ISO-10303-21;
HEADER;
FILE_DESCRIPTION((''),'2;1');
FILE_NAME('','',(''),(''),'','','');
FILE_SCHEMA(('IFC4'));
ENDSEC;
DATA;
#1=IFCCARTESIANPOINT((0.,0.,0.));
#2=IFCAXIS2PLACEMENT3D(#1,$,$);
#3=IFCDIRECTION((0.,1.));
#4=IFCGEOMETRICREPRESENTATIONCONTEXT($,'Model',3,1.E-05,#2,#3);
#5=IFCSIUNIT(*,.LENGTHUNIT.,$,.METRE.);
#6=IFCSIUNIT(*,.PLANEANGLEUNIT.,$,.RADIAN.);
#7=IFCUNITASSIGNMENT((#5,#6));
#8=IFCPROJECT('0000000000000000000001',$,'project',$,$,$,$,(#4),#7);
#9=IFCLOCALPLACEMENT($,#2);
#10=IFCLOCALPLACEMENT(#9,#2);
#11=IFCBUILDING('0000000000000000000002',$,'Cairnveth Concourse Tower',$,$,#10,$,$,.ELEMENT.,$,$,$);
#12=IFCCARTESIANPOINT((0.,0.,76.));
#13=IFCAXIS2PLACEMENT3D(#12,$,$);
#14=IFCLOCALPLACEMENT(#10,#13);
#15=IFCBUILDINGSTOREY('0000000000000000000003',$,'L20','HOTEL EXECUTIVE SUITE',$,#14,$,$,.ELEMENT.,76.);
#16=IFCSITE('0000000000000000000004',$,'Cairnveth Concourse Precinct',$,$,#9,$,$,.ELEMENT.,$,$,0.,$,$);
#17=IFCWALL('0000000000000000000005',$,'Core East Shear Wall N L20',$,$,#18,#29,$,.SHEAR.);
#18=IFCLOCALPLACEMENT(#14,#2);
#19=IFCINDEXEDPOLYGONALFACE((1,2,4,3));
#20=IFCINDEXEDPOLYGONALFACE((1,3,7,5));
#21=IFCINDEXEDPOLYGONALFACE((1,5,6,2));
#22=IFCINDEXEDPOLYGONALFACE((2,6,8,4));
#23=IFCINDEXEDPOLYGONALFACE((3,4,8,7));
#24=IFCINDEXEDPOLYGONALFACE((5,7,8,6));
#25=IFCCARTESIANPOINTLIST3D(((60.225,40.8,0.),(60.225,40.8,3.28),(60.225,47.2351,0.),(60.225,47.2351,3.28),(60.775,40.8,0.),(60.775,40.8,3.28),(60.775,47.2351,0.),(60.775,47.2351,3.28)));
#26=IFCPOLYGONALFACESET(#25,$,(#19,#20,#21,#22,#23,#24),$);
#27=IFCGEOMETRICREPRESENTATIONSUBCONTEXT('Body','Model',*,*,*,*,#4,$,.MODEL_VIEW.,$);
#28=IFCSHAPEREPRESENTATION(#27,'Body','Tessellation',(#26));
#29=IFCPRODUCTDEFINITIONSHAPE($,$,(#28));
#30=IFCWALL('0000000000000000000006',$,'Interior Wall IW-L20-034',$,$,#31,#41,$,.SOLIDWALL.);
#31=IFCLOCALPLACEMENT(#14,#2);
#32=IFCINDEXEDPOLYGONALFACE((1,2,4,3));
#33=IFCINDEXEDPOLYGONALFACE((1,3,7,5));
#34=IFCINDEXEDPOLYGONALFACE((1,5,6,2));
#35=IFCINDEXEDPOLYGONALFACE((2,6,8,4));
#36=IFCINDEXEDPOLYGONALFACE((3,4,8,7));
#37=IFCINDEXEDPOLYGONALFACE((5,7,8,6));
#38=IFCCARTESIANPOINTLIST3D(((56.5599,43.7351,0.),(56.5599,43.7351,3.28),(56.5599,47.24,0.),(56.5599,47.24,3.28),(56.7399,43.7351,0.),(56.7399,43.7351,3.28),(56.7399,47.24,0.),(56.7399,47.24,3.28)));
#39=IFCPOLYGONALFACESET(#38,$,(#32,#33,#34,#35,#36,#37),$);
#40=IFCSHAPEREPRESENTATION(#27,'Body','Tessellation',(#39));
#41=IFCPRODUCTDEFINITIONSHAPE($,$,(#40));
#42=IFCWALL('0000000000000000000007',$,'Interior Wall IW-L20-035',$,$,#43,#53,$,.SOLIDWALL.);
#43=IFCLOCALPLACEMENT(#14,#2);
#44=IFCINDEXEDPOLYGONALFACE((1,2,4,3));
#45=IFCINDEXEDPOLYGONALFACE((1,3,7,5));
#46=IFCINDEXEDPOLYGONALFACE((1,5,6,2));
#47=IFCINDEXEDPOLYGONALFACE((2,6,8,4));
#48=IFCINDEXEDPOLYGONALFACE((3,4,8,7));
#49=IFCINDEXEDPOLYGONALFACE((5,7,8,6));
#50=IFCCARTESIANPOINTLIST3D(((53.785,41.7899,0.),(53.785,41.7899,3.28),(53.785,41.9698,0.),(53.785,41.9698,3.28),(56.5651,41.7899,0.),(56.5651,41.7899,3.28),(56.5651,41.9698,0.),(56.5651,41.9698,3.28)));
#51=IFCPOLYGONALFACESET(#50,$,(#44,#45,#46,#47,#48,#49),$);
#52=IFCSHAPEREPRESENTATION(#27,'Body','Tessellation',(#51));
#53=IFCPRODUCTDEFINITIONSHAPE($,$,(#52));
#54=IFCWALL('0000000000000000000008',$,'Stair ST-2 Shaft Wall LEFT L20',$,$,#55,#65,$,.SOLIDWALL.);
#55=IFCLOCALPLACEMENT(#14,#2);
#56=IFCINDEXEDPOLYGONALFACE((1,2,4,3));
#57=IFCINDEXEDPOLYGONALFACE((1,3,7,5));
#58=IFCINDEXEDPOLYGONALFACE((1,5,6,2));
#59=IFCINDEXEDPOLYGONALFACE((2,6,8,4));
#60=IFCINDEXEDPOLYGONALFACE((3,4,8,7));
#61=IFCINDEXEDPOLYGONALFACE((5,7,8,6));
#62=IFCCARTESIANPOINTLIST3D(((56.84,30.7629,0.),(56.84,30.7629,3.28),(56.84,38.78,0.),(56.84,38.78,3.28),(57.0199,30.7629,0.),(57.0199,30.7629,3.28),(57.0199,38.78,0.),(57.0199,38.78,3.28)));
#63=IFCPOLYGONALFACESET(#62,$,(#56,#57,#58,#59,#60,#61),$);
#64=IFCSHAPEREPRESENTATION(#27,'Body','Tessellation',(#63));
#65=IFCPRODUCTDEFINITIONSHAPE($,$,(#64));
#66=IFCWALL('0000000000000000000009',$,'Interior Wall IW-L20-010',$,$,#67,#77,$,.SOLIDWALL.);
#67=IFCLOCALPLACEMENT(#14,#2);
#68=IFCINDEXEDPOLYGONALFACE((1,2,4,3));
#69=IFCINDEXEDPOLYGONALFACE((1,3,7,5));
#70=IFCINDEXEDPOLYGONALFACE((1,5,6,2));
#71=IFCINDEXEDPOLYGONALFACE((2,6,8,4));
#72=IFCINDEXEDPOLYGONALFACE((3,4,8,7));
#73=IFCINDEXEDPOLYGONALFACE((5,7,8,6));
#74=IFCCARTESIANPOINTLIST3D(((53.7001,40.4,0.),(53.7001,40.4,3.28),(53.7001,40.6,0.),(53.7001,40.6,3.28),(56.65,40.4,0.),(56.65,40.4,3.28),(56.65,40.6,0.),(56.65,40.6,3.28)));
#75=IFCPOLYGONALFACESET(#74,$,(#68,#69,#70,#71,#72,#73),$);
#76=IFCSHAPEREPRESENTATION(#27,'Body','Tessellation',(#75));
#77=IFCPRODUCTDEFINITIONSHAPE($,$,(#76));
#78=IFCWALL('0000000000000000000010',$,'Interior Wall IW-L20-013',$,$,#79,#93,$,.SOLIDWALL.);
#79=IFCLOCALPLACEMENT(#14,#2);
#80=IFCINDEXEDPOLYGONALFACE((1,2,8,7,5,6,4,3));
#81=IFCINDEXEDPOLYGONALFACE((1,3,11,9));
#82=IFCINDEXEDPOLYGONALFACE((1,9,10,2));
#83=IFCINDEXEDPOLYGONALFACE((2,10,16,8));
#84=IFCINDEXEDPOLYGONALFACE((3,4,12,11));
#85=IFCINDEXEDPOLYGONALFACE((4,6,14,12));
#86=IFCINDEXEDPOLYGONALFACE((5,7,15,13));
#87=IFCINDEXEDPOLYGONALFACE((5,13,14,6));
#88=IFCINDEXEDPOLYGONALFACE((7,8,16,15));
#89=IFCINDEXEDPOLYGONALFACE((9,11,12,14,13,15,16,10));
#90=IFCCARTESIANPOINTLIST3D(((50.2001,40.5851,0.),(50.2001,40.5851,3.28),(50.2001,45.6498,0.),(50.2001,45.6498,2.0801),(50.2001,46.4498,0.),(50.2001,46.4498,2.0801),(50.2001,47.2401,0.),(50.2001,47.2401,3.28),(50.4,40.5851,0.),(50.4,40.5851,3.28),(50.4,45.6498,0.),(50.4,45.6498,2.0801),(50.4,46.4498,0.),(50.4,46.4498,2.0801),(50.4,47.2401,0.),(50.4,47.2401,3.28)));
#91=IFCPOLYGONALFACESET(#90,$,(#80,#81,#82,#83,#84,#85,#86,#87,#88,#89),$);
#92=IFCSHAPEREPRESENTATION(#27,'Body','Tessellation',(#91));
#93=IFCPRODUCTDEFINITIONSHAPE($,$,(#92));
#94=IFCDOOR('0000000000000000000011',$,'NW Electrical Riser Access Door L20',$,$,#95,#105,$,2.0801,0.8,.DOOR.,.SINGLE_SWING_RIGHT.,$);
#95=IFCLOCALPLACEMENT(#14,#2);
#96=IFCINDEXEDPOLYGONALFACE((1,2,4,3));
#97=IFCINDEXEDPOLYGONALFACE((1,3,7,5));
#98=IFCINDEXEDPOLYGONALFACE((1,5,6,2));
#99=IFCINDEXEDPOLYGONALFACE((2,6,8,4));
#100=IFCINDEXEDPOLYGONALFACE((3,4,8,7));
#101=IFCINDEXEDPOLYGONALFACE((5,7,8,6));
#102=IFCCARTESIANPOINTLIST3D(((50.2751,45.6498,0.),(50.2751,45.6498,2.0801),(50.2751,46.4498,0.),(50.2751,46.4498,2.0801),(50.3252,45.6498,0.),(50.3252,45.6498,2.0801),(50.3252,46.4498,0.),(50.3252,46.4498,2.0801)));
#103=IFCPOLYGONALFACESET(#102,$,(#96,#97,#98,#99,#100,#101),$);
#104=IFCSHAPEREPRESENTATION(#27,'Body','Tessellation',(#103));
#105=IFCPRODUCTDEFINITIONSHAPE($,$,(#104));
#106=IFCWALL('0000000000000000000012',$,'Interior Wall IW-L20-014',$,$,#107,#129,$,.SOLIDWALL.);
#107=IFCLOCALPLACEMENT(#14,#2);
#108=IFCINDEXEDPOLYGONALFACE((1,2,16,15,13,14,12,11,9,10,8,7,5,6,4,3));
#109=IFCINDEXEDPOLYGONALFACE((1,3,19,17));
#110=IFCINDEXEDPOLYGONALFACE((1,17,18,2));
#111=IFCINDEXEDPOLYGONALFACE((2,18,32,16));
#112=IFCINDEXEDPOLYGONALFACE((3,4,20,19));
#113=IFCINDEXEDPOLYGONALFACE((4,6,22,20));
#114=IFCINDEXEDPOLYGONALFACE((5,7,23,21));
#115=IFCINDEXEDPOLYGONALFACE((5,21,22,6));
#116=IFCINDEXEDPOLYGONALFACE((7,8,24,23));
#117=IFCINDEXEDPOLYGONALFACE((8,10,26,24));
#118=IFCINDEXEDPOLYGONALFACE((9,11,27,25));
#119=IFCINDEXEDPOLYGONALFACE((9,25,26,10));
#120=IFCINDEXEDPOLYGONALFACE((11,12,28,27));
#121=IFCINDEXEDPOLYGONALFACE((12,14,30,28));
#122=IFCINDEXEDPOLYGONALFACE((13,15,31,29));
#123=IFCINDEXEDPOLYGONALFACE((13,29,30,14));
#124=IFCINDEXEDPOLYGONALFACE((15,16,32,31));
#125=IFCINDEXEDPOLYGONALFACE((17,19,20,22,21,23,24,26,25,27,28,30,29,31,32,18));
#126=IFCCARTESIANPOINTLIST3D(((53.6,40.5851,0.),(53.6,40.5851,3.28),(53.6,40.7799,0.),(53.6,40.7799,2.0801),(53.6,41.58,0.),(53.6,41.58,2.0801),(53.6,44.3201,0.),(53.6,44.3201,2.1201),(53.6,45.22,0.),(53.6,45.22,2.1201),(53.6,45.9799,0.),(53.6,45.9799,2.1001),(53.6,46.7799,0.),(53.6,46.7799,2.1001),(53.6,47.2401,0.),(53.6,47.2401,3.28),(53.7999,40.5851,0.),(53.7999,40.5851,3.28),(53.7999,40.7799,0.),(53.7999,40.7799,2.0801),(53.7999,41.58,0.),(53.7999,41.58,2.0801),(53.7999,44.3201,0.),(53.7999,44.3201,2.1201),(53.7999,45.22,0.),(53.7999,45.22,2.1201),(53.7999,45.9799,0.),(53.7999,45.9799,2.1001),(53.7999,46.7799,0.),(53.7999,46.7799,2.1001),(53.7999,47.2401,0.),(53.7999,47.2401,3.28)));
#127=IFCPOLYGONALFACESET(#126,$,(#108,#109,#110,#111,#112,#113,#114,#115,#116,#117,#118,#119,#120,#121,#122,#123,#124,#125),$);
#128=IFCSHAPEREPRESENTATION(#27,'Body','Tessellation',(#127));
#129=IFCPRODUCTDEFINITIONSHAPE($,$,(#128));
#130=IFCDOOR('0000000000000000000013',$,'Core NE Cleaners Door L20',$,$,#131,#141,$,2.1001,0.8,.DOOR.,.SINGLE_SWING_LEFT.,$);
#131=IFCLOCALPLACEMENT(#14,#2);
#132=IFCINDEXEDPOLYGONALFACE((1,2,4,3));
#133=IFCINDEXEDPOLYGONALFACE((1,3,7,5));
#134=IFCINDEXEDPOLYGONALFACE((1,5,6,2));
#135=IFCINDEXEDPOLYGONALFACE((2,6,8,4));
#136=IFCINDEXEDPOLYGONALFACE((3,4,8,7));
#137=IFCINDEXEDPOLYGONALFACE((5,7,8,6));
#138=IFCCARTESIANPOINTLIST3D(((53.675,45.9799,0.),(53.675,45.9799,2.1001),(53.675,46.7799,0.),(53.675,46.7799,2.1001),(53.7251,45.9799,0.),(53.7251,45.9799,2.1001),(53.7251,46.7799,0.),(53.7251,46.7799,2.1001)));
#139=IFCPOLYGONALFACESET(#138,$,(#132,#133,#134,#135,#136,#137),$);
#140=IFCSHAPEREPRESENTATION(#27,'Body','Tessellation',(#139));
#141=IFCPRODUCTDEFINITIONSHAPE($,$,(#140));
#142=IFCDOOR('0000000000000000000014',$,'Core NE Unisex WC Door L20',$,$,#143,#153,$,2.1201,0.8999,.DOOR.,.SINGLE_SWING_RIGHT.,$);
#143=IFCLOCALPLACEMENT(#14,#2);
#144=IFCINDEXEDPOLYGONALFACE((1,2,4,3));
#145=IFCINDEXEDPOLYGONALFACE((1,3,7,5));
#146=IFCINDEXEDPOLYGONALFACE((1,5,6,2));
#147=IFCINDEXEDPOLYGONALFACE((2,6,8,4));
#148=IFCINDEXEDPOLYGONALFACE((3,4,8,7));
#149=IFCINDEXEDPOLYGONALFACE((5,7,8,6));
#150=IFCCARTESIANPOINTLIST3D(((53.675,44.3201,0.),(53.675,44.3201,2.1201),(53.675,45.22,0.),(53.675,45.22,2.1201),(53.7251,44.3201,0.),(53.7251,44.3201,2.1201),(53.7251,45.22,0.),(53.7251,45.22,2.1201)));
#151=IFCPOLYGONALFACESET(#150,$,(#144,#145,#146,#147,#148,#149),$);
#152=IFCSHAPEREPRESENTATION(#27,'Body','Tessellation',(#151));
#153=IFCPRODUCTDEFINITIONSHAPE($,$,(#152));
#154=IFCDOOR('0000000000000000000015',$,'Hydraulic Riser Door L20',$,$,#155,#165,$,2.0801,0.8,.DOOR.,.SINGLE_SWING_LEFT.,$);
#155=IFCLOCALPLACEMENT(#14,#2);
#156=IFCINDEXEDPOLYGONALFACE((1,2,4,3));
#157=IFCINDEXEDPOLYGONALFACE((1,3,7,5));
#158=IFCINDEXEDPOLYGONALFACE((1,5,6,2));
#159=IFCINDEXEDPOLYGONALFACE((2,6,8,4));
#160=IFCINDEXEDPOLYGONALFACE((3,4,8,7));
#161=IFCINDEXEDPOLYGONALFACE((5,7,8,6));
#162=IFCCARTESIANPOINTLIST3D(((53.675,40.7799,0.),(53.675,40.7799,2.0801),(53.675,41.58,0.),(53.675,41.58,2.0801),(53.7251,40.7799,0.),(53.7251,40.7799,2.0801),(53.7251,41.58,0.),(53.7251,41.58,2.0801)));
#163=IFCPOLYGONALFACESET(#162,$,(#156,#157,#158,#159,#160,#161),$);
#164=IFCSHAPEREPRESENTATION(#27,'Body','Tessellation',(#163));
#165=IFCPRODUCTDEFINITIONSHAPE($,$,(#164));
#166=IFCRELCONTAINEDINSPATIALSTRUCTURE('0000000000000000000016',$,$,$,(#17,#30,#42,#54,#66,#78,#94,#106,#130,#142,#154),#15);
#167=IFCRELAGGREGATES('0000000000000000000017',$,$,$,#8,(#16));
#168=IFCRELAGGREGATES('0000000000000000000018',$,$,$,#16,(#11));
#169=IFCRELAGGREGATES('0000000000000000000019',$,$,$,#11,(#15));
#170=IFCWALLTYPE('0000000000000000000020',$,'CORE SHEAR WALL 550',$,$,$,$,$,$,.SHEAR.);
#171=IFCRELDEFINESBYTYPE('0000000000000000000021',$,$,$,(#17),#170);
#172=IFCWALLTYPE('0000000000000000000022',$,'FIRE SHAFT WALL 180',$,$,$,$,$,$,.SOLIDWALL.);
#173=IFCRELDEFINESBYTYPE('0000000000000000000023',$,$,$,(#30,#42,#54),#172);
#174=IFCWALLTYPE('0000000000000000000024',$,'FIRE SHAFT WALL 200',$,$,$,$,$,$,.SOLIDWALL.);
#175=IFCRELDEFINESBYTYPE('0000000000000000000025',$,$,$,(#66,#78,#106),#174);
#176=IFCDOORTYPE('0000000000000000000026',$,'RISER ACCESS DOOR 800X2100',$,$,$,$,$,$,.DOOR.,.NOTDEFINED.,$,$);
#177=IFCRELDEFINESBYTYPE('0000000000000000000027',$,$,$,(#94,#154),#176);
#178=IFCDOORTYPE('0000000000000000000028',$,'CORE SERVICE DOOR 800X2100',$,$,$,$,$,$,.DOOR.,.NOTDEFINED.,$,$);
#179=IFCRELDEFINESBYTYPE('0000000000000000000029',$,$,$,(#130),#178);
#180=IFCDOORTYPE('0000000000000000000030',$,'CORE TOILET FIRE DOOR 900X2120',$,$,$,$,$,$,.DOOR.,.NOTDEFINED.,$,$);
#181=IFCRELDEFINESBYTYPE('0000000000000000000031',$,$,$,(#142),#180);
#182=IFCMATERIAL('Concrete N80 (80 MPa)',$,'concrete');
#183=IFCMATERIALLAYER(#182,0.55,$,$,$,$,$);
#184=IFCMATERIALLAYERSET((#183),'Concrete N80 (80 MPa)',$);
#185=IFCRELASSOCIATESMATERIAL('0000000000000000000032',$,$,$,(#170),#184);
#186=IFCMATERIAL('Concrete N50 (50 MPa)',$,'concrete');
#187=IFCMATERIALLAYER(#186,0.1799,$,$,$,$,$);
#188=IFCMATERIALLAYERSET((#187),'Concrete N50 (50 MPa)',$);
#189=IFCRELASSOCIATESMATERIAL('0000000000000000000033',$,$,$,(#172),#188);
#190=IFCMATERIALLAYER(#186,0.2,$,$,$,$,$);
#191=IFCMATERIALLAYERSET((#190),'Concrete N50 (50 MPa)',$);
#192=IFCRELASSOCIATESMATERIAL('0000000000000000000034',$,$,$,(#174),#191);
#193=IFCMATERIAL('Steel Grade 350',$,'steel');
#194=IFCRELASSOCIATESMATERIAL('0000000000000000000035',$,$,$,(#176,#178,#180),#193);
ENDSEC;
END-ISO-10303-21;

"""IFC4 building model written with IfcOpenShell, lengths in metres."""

from ifc_helpers import new_model, si_unit, direction, frame, frame_2d, origin, place, context, subcontext, project, spatial, rectangle, extrude, material, layer, layer_set, type_object, element, fill, save


model = new_model("IFC4")

# Units and contexts
model_context = context("Model", 3, precision=1e-05, world=origin(), true_north=direction((0.0, 1.0)))
body_context = subcontext(model_context, "Body", "Model", "MODEL_VIEW")
ifc_project = project(units=[si_unit("LENGTHUNIT", "METRE"), si_unit("PLANEANGLEUNIT", "RADIAN")], contexts=[model_context])

# Site, building, storey
site_placement = place(None, origin())
site = spatial("IfcSite", under=ifc_project, at=site_placement, Name="Cairnveth Concourse Precinct", CompositionType="ELEMENT", RefElevation=0.0)
building_placement = place(site_placement, origin())
building = spatial("IfcBuilding", under=site, at=building_placement, Name="Cairnveth Concourse Tower", CompositionType="ELEMENT")
storey_placement = place(building_placement, frame((0.0, 0.0, 76.0)))
storey = spatial("IfcBuildingStorey", under=building, at=storey_placement, Name="L20", Description="HOTEL EXECUTIVE SUITE", CompositionType="ELEMENT", Elevation=76.0)

# Walls
ifc_material_1 = material(Name="Concrete N80 (80 MPa)", Category="concrete")
ifc_layer_1 = layer(ifc_material_1, 0.55)
ifc_layer_set_1 = layer_set([ifc_layer_1], Name="Concrete N80 (80 MPa)")
wall_type_1 = type_object("IfcWallType", Name="CORE SHEAR WALL 550", PredefinedType="SHEAR", material=ifc_layer_set_1)
wall_1_placement = place(storey_placement, frame((60.5, 40.8, 0.0), z_axis=(0.0, 0.0, 1.0), x_axis=(0.0, 1.0, 0.0)))
element("IfcWall", 1, at=wall_1_placement, inside=storey, type_object=wall_type_1, Name="Core East Shear Wall N L20", PredefinedType="SHEAR", context=body_context, shape_type="SweptSolid", body=[
    extrude(rectangle(XDim=6.4351, YDim=0.55, at=frame_2d((3.2175, 0.0))), origin(), (0.0, 0.0, 1.0), 3.28),
])
ifc_material_2 = material(Name="Concrete N50 (50 MPa)", Category="concrete")
ifc_layer_2 = layer(ifc_material_2, 0.1799)
ifc_layer_set_2 = layer_set([ifc_layer_2], Name="Concrete N50 (50 MPa)")
wall_type_2 = type_object("IfcWallType", Name="FIRE SHAFT WALL 180", PredefinedType="SOLIDWALL", material=ifc_layer_set_2)
wall_2_placement = place(storey_placement, frame((56.6499, 43.7351, 0.0), z_axis=(0.0, 0.0, 1.0), x_axis=(0.0, 1.0, 0.0)))
element("IfcWall", 2, at=wall_2_placement, inside=storey, type_object=wall_type_2, Name="Interior Wall IW-L20-034", PredefinedType="SOLIDWALL", context=body_context, shape_type="SweptSolid", body=[
    extrude(rectangle(XDim=3.5049, YDim=0.1799, at=frame_2d((1.7524, 0.0))), origin(), (0.0, 0.0, 1.0), 3.28),
])
wall_3_placement = place(storey_placement, frame((53.7849, 41.8799, 0.0), z_axis=(0.0, 0.0, 1.0), x_axis=(1.0, 0.0, 0.0)))
element("IfcWall", 3, at=wall_3_placement, inside=storey, type_object=wall_type_2, Name="Interior Wall IW-L20-035", PredefinedType="SOLIDWALL", context=body_context, shape_type="SweptSolid", body=[
    extrude(rectangle(XDim=2.78, YDim=0.1799, at=frame_2d((1.3901, 0.0))), origin(), (0.0, 0.0, 1.0), 3.28),
])
wall_4_placement = place(storey_placement, frame((56.9299, 38.78, 0.0), z_axis=(0.0, 0.0, 1.0), x_axis=(0.0, -1.0, 0.0)))
element("IfcWall", 4, at=wall_4_placement, inside=storey, type_object=wall_type_2, Name="Stair ST-2 Shaft Wall LEFT L20", PredefinedType="SOLIDWALL", context=body_context, shape_type="SweptSolid", body=[
    extrude(rectangle(XDim=8.0171, YDim=0.1799, at=frame_2d((4.0085, 0.0))), origin(), (0.0, 0.0, 1.0), 3.28),
])
ifc_layer_3 = layer(ifc_material_2, 0.2)
ifc_layer_set_3 = layer_set([ifc_layer_3], Name="Concrete N50 (50 MPa)")
wall_type_3 = type_object("IfcWallType", Name="FIRE SHAFT WALL 200", PredefinedType="SOLIDWALL", material=ifc_layer_set_3)
wall_5_placement = place(storey_placement, frame((53.7, 40.5, 0.0), z_axis=(0.0, 0.0, 1.0), x_axis=(1.0, 0.0, 0.0)))
element("IfcWall", 5, at=wall_5_placement, inside=storey, type_object=wall_type_3, Name="Interior Wall IW-L20-010", PredefinedType="SOLIDWALL", context=body_context, shape_type="SweptSolid", body=[
    extrude(rectangle(XDim=2.95, YDim=0.2, at=frame_2d((1.4751, 0.0))), origin(), (0.0, 0.0, 1.0), 3.28),
])

# Wall, opening, door
wall_6_placement = place(storey_placement, frame((50.3, 40.585, 0.0), z_axis=(0.0, 0.0, 1.0), x_axis=(0.0, 1.0, 0.0)))
wall_6 = element("IfcWall", 6, at=wall_6_placement, inside=storey, type_object=wall_type_3, Name="Interior Wall IW-L20-013", PredefinedType="SOLIDWALL", context=body_context, shape_type="SweptSolid", body=[
    extrude(rectangle(XDim=6.655, YDim=0.2, at=frame_2d((3.3276, 0.0))), origin(), (0.0, 0.0, 1.0), 3.28),
])
opening_1_placement = place(wall_6_placement, frame((5.0649, 0.0, 0.0)))
opening_1 = element("IfcOpeningElement", 7, at=opening_1_placement, cuts=wall_6, PredefinedType="OPENING", context=body_context, shape_type="SweptSolid", body=[
    extrude(rectangle(XDim=0.8, YDim=2.0801, at=frame_2d((0.3999, 1.04))), frame((0.0, 0.1099, 0.0), z_axis=(0.0, -1.0, 0.0), x_axis=(1.0, 0.0, 0.0)), (0.0, 0.0, 1.0), 0.22),
])
ifc_material_3 = material(Name="Steel Grade 350", Category="steel")
door_type_1 = type_object("IfcDoorType", Name="RISER ACCESS DOOR 800X2100", OperationType="NOTDEFINED", PredefinedType="DOOR", material=ifc_material_3)
door_1_placement = place(opening_1_placement, origin())
door_1 = element("IfcDoor", 8, at=door_1_placement, inside=storey, type_object=door_type_1, Name="NW Electrical Riser Access Door L20", OperationType="SINGLE_SWING_RIGHT", OverallHeight=2.0801, OverallWidth=0.8, PredefinedType="DOOR", context=body_context, shape_type="SweptSolid", body=[
    extrude(rectangle(XDim=0.8, YDim=2.0801, at=frame_2d((0.3999, 1.04))), frame((0.0, 0.0249, 0.0), z_axis=(0.0, -1.0, 0.0), x_axis=(1.0, 0.0, 0.0)), (0.0, 0.0, 1.0), 0.05),
])
fill(opening_1, door_1)

# Wall, openings, doors
wall_7_placement = place(storey_placement, frame((53.7, 40.585, 0.0), z_axis=(0.0, 0.0, 1.0), x_axis=(0.0, 1.0, 0.0)))
wall_7 = element("IfcWall", 9, at=wall_7_placement, inside=storey, type_object=wall_type_3, Name="Interior Wall IW-L20-014", PredefinedType="SOLIDWALL", context=body_context, shape_type="SweptSolid", body=[
    extrude(rectangle(XDim=6.655, YDim=0.2, at=frame_2d((3.3276, 0.0))), origin(), (0.0, 0.0, 1.0), 3.28),
])
opening_2_placement = place(wall_7_placement, frame((0.1951, 0.0, 0.0)))
opening_2 = element("IfcOpeningElement", 10, at=opening_2_placement, cuts=wall_7, PredefinedType="OPENING", context=body_context, shape_type="SweptSolid", body=[
    extrude(rectangle(XDim=0.8, YDim=2.0801, at=frame_2d((0.3999, 1.04))), frame((0.0, 0.1099, 0.0), z_axis=(0.0, -1.0, 0.0), x_axis=(1.0, 0.0, 0.0)), (0.0, 0.0, 1.0), 0.22),
])
opening_3_placement = place(wall_7_placement, frame((3.7351, 0.0, 0.0)))
opening_3 = element("IfcOpeningElement", 11, at=opening_3_placement, cuts=wall_7, PredefinedType="OPENING", context=body_context, shape_type="SweptSolid", body=[
    extrude(rectangle(XDim=0.8999, YDim=2.1201, at=frame_2d((0.45, 1.0601))), frame((0.0, 0.1099, 0.0), z_axis=(0.0, -1.0, 0.0), x_axis=(1.0, 0.0, 0.0)), (0.0, 0.0, 1.0), 0.22),
])
opening_4_placement = place(wall_7_placement, frame((5.395, 0.0, 0.0)))
opening_4 = element("IfcOpeningElement", 12, at=opening_4_placement, cuts=wall_7, PredefinedType="OPENING", context=body_context, shape_type="SweptSolid", body=[
    extrude(rectangle(XDim=0.8, YDim=2.1001, at=frame_2d((0.3999, 1.05))), frame((0.0, 0.1099, 0.0), z_axis=(0.0, -1.0, 0.0), x_axis=(1.0, 0.0, 0.0)), (0.0, 0.0, 1.0), 0.22),
])
door_type_2 = type_object("IfcDoorType", Name="CORE SERVICE DOOR 800X2100", OperationType="NOTDEFINED", PredefinedType="DOOR", material=ifc_material_3)
door_2_placement = place(opening_4_placement, origin())
door_2 = element("IfcDoor", 13, at=door_2_placement, inside=storey, type_object=door_type_2, Name="Core NE Cleaners Door L20", OperationType="SINGLE_SWING_LEFT", OverallHeight=2.1001, OverallWidth=0.8, PredefinedType="DOOR", context=body_context, shape_type="SweptSolid", body=[
    extrude(rectangle(XDim=0.8, YDim=2.1001, at=frame_2d((0.3999, 1.05))), frame((0.0, 0.0249, 0.0), z_axis=(0.0, -1.0, 0.0), x_axis=(1.0, 0.0, 0.0)), (0.0, 0.0, 1.0), 0.05),
])
fill(opening_4, door_2)
door_type_3 = type_object("IfcDoorType", Name="CORE TOILET FIRE DOOR 900X2120", OperationType="NOTDEFINED", PredefinedType="DOOR", material=ifc_material_3)
door_3_placement = place(opening_3_placement, origin())
door_3 = element("IfcDoor", 14, at=door_3_placement, inside=storey, type_object=door_type_3, Name="Core NE Unisex WC Door L20", OperationType="SINGLE_SWING_RIGHT", OverallHeight=2.1201, OverallWidth=0.8999, PredefinedType="DOOR", context=body_context, shape_type="SweptSolid", body=[
    extrude(rectangle(XDim=0.8999, YDim=2.1201, at=frame_2d((0.45, 1.0601))), frame((0.0, 0.0249, 0.0), z_axis=(0.0, -1.0, 0.0), x_axis=(1.0, 0.0, 0.0)), (0.0, 0.0, 1.0), 0.05),
])
fill(opening_3, door_3)
door_4_placement = place(opening_2_placement, origin())
door_4 = element("IfcDoor", 15, at=door_4_placement, inside=storey, type_object=door_type_1, Name="Hydraulic Riser Door L20", OperationType="SINGLE_SWING_LEFT", OverallHeight=2.0801, OverallWidth=0.8, PredefinedType="DOOR", context=body_context, shape_type="SweptSolid", body=[
    extrude(rectangle(XDim=0.8, YDim=2.0801, at=frame_2d((0.3999, 1.04))), frame((0.0, 0.0249, 0.0), z_axis=(0.0, -1.0, 0.0), x_axis=(1.0, 0.0, 0.0)), (0.0, 0.0, 1.0), 0.05),
])
fill(opening_2, door_4)

save(model, "model.ifc")
